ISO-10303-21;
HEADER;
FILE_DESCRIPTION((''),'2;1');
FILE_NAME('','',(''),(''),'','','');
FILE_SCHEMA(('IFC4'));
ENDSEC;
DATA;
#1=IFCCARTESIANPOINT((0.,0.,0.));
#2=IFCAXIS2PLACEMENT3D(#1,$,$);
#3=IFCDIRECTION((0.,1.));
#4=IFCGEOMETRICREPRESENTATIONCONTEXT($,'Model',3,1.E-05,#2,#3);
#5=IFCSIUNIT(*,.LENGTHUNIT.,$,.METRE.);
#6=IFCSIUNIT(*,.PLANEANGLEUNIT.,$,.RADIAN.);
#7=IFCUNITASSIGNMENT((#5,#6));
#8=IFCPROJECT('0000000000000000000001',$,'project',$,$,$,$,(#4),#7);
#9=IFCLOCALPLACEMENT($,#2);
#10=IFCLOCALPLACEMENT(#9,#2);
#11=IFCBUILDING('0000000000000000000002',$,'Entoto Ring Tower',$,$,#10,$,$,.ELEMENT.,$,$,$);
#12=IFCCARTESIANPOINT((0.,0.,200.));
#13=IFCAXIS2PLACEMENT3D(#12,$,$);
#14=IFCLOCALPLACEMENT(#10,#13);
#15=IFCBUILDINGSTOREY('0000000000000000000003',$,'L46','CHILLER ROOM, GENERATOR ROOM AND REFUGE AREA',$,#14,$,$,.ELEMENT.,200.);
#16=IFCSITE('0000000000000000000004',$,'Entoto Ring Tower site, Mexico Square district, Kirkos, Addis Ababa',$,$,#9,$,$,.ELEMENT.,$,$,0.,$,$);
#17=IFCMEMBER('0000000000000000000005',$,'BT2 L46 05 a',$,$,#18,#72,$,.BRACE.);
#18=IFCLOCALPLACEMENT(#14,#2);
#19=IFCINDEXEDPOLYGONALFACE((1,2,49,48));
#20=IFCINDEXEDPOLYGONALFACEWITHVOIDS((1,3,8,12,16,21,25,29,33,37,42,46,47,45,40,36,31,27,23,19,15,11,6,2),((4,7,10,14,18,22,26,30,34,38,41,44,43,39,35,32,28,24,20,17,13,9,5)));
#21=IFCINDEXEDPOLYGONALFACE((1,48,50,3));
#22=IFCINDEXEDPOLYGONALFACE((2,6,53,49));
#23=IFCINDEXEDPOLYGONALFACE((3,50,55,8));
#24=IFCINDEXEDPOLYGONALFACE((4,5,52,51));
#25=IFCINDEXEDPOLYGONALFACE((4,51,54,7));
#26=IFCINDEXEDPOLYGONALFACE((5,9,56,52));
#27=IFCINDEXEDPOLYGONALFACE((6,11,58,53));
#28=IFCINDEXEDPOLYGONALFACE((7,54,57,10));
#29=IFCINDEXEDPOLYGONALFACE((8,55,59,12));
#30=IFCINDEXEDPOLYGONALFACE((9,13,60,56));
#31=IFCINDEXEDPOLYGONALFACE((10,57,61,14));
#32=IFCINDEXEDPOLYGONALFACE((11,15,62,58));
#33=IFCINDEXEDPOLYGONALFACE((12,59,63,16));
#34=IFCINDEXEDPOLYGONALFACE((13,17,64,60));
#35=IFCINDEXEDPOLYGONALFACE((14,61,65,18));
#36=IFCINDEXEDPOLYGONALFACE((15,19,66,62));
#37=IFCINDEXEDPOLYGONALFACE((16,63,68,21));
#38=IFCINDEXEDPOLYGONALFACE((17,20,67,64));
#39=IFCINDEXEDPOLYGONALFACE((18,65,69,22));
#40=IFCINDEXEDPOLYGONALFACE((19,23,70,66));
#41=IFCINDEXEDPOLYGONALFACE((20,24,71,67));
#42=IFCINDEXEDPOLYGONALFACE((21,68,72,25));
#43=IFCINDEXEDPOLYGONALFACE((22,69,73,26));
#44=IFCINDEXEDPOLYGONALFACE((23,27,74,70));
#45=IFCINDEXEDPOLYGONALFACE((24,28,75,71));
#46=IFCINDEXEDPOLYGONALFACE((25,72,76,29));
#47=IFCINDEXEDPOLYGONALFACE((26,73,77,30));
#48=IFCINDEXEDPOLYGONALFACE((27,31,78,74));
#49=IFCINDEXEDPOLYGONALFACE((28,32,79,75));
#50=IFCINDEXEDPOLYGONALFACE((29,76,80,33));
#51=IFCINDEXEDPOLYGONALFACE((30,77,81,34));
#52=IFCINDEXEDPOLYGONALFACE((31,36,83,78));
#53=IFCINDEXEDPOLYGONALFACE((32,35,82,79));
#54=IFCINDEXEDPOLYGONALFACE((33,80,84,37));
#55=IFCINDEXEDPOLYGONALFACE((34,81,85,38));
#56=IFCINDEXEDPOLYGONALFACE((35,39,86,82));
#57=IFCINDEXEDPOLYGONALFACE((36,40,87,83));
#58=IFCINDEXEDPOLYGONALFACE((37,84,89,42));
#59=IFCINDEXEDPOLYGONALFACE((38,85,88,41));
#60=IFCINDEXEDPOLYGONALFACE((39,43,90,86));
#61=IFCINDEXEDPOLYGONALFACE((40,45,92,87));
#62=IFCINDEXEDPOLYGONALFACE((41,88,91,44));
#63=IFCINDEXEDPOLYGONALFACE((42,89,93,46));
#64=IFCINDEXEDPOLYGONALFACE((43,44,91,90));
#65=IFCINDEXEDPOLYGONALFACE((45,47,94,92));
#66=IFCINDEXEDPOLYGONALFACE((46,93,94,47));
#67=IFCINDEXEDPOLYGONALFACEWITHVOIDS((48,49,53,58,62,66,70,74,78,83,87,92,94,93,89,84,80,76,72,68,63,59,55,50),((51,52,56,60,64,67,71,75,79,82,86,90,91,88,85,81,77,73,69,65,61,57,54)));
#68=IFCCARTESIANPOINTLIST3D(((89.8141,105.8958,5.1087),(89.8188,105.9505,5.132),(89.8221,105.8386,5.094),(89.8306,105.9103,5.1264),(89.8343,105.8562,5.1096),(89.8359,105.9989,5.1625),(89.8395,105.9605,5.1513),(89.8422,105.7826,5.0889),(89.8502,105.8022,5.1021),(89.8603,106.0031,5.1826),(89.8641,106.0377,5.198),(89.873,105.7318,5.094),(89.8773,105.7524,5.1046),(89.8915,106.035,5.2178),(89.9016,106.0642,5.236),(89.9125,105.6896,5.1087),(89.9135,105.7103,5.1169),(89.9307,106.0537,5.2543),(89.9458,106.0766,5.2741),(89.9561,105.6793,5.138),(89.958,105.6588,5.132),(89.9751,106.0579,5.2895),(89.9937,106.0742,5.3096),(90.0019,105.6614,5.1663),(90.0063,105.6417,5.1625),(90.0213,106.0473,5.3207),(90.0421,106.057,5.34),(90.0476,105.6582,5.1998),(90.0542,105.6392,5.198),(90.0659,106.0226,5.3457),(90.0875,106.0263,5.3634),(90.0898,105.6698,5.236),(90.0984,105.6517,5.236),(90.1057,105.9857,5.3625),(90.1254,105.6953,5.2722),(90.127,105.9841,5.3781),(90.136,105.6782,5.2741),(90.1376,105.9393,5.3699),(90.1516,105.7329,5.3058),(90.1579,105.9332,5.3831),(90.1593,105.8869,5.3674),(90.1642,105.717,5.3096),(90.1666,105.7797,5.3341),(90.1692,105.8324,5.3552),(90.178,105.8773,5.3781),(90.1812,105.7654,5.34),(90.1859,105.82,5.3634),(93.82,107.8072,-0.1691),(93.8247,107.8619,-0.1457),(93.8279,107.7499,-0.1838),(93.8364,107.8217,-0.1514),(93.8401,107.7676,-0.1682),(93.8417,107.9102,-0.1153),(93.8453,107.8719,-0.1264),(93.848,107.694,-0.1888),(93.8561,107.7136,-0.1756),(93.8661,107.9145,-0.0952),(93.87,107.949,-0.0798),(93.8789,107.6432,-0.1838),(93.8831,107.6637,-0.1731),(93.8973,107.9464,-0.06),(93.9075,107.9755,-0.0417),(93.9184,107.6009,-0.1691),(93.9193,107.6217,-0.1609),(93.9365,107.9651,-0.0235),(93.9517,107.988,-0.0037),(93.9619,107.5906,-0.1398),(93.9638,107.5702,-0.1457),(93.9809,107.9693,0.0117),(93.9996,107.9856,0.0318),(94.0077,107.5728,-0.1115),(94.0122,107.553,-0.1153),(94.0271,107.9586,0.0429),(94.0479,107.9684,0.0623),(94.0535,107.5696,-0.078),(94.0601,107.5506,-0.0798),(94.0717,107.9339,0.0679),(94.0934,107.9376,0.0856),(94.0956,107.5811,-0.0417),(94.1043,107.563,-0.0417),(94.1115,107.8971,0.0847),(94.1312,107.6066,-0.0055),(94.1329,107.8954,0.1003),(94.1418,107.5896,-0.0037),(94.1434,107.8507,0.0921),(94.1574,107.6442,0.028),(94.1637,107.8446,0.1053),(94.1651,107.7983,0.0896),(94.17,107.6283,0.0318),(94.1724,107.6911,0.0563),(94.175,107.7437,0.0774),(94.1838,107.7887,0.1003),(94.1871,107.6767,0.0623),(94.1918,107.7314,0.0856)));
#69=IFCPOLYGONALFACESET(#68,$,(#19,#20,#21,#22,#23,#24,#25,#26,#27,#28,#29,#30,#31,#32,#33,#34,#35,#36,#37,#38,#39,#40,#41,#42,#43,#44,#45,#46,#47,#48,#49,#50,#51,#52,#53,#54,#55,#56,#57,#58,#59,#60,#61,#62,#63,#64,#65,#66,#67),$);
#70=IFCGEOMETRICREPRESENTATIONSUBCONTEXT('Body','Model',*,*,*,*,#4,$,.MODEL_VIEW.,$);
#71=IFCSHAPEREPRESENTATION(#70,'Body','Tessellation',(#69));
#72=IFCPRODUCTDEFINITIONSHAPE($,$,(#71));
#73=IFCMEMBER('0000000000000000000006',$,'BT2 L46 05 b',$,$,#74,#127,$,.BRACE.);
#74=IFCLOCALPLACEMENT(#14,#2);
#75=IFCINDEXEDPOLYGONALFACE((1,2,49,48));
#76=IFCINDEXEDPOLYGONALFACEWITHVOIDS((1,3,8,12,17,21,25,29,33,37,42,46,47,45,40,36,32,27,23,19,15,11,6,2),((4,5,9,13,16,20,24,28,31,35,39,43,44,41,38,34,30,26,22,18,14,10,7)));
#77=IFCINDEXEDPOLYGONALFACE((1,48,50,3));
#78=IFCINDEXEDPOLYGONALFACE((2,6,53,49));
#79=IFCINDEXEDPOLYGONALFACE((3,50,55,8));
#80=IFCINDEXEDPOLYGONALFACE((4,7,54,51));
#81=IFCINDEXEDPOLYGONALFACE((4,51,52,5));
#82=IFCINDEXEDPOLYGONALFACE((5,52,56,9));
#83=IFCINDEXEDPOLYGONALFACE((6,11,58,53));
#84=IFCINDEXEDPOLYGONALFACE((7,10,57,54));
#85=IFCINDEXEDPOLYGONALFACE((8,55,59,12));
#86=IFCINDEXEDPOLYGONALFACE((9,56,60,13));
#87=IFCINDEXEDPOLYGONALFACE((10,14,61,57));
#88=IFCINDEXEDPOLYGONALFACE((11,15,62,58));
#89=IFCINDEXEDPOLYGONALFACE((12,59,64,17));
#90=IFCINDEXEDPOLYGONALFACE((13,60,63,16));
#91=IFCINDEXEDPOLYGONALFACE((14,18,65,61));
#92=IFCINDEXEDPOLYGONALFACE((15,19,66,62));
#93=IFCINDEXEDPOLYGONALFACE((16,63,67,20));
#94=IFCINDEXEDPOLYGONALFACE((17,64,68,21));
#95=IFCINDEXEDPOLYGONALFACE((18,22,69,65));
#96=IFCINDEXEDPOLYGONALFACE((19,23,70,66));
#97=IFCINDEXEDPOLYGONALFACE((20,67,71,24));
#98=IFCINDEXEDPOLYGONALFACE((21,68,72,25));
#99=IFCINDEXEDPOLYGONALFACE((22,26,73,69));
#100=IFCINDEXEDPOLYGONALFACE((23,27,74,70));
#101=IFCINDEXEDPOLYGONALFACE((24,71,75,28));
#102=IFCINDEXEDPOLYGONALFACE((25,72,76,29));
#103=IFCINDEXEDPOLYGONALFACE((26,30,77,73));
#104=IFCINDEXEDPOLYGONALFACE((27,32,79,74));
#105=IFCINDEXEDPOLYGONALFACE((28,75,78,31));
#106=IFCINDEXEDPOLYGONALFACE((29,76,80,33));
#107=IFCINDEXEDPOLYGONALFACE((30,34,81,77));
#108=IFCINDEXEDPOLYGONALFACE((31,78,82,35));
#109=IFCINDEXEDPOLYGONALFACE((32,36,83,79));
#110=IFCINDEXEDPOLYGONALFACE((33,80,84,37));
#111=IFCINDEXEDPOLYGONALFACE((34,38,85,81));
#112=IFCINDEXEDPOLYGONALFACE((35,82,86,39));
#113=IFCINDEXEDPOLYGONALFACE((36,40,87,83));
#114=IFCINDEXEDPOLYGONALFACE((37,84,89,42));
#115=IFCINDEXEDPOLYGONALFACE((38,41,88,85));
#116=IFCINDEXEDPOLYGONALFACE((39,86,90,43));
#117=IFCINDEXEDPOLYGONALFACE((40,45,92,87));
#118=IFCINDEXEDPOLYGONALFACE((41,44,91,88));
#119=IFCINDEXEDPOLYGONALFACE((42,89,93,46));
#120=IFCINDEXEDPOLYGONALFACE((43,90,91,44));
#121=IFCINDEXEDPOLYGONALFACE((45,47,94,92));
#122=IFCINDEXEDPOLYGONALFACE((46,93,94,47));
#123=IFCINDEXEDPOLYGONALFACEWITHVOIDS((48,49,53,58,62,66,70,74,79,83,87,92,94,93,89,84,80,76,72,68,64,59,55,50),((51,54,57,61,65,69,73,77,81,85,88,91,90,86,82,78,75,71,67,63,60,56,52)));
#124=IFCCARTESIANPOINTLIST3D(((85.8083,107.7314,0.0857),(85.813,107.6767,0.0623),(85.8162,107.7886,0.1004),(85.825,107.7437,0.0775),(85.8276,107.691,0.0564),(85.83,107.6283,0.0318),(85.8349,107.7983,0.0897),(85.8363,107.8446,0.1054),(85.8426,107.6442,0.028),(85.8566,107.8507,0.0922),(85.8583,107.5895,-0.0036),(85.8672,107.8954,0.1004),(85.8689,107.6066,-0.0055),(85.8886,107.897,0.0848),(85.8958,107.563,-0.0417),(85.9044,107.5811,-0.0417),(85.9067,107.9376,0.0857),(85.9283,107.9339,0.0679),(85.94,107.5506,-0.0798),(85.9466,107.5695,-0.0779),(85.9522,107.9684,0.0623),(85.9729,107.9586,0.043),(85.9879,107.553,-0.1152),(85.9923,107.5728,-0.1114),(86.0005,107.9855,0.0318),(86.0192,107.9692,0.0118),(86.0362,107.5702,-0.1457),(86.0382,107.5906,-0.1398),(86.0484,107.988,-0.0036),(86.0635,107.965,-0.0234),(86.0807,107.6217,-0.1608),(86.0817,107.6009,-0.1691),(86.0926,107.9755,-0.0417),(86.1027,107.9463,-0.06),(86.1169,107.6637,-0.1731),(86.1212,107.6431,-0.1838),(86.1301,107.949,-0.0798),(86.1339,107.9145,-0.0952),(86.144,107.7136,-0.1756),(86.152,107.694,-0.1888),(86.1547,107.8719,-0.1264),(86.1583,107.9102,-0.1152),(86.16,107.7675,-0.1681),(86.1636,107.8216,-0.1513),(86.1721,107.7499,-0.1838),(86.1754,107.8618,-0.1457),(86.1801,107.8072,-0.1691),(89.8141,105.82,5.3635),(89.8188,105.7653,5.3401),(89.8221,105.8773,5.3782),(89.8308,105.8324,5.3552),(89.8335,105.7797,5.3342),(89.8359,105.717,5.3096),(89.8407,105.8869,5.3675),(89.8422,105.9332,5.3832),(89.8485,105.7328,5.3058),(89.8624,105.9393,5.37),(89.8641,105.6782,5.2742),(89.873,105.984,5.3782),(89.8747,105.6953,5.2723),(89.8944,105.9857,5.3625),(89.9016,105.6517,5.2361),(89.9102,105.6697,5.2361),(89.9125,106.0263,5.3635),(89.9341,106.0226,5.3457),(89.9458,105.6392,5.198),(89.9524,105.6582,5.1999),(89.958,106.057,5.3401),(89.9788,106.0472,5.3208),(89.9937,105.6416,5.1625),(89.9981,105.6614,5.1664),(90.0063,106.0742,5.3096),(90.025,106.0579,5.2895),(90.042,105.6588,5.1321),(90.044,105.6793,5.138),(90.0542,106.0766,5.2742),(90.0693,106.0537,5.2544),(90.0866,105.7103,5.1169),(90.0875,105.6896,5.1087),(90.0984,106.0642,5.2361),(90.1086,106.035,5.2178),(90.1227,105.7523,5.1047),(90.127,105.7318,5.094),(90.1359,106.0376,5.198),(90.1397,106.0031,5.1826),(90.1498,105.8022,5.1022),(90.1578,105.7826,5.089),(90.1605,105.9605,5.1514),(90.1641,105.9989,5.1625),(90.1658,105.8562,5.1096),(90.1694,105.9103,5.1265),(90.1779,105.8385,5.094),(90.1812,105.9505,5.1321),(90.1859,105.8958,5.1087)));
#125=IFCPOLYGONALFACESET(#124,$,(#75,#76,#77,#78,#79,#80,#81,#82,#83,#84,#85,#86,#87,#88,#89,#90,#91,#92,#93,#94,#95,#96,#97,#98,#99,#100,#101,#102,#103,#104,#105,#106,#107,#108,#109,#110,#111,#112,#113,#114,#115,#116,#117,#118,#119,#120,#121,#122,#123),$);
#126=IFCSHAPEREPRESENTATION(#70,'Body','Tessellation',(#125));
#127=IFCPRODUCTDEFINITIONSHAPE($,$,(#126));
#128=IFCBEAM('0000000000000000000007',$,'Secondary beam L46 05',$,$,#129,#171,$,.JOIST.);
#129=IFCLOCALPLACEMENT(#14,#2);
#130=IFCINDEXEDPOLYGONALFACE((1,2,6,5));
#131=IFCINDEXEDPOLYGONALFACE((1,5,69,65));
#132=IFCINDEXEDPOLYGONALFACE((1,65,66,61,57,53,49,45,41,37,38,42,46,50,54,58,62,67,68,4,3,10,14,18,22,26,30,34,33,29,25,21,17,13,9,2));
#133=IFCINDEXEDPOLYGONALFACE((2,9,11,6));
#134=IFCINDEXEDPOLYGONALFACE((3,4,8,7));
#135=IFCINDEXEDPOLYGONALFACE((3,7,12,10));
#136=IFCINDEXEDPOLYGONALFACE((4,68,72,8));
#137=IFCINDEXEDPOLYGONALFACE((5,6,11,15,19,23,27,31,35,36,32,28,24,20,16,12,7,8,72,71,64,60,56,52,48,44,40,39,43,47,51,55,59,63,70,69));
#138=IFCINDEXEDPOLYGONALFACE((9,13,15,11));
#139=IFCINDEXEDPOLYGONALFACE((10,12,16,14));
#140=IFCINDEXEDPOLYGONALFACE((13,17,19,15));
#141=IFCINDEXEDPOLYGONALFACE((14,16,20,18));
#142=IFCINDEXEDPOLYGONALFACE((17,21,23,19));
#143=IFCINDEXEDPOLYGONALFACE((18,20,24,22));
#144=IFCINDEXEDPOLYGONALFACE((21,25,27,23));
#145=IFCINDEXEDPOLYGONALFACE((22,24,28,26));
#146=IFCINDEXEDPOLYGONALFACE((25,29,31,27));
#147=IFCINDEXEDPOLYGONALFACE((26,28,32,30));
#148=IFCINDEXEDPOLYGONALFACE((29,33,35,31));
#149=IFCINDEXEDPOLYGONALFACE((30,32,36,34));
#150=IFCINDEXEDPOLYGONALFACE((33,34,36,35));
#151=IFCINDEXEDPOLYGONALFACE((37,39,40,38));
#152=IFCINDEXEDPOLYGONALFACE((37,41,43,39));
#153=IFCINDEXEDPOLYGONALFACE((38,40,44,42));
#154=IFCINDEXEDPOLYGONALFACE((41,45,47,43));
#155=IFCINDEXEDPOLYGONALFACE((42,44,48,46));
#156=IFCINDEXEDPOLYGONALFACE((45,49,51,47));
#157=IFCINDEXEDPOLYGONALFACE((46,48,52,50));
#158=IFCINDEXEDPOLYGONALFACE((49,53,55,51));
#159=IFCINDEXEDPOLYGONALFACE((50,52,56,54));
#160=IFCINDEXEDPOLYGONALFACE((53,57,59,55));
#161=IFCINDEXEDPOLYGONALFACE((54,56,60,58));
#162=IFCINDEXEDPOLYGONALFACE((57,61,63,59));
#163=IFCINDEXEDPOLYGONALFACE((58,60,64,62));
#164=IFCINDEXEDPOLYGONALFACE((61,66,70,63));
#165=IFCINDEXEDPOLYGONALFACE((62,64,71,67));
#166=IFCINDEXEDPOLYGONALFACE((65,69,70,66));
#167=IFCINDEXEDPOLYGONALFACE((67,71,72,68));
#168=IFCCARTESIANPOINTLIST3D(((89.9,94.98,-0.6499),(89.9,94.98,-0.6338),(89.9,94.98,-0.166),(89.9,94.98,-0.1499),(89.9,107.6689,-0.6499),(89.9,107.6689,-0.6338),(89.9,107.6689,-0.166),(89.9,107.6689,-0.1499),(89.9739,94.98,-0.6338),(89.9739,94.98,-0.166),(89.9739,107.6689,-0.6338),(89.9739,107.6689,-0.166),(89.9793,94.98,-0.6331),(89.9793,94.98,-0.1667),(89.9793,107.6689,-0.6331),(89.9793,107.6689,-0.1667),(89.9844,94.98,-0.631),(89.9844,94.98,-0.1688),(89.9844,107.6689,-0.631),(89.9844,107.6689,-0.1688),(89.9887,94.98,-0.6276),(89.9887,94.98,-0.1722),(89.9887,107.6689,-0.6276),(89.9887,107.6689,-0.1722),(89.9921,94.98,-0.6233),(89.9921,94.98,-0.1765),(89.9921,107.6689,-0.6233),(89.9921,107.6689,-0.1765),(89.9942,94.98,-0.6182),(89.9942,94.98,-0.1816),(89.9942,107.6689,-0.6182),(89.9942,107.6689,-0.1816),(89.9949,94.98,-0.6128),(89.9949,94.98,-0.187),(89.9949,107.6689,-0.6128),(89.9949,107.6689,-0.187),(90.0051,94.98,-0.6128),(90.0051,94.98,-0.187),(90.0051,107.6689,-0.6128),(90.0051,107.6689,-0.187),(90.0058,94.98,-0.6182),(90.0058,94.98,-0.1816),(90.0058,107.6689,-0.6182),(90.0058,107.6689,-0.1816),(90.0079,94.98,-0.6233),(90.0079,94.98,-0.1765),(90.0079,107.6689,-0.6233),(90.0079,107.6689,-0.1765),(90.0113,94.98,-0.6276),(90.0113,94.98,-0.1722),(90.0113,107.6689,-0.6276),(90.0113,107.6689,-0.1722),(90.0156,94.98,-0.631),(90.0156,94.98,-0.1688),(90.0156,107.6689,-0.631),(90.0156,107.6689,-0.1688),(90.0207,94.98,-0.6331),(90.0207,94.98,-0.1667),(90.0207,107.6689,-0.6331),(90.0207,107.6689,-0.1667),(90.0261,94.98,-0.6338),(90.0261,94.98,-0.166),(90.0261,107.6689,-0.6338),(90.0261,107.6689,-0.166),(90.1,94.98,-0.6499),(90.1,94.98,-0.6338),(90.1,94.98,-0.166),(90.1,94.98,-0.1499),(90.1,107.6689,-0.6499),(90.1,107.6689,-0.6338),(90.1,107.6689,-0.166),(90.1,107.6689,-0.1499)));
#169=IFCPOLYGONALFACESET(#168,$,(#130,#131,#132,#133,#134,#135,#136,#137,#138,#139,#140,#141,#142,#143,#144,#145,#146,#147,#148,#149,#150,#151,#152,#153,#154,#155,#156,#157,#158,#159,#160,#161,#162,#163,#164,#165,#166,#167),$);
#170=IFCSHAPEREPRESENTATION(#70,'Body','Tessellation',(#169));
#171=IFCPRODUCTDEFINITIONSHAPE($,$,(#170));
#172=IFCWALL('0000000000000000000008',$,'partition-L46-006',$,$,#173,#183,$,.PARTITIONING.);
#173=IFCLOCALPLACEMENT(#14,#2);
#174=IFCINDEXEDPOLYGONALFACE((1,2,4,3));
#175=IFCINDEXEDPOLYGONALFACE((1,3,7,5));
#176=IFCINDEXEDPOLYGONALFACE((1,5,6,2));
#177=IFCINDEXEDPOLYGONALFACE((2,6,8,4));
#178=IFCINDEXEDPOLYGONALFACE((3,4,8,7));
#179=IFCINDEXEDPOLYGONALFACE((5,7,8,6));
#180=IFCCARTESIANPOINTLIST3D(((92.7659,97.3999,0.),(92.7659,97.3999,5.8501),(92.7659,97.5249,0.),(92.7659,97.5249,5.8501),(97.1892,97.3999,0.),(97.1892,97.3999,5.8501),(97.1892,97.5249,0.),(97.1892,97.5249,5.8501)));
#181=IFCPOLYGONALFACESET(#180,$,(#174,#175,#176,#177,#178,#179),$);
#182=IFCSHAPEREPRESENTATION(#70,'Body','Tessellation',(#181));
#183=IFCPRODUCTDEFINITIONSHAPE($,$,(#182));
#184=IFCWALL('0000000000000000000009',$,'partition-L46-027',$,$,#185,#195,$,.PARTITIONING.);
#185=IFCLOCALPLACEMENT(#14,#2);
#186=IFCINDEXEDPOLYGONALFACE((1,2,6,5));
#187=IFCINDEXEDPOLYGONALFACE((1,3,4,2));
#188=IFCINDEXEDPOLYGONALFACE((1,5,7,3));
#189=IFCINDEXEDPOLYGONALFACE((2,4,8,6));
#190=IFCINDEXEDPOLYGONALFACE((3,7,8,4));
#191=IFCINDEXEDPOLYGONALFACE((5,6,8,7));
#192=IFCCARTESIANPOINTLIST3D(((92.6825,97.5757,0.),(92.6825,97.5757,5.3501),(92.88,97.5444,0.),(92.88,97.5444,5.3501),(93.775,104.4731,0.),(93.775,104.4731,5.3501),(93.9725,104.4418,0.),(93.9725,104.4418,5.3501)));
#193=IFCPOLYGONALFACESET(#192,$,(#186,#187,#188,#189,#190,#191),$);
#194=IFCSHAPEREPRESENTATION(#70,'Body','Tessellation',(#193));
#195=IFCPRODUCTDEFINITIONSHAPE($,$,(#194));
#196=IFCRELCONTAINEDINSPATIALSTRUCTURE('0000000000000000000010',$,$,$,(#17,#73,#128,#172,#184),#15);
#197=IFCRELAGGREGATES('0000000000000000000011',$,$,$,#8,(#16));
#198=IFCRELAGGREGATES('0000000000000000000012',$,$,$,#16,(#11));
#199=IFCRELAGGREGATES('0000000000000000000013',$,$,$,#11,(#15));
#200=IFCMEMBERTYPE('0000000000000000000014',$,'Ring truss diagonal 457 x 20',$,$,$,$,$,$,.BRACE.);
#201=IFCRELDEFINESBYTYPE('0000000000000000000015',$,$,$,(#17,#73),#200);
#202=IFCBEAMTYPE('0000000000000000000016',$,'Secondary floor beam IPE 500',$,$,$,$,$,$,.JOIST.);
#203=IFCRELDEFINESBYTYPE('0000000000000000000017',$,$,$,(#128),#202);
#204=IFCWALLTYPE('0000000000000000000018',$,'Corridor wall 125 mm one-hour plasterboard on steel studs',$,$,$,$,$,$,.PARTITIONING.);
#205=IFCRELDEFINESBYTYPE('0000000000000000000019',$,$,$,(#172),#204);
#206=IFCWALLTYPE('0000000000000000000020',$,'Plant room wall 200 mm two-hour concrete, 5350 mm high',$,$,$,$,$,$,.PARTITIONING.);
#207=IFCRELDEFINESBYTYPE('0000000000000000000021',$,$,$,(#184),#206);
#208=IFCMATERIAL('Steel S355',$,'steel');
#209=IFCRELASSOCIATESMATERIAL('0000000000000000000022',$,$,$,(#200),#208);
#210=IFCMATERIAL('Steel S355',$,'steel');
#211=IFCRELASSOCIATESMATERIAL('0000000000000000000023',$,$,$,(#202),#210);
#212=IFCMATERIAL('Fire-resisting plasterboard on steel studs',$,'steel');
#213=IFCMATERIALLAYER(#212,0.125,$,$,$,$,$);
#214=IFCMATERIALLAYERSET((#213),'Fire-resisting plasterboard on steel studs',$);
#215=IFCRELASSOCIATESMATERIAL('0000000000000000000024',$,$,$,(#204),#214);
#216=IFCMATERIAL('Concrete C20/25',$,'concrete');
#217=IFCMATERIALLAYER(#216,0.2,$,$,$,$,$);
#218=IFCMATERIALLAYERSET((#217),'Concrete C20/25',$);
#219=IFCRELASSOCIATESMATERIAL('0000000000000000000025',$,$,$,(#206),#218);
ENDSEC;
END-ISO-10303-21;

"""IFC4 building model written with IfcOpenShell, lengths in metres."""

from ifc_helpers import new_model, si_unit, direction, frame, frame_2d, origin, origin_2d, place, context, subcontext, project, spatial, rectangle, circle, hollow_circle, i_section, extrude, material, layer, layer_set, material_profile, profile_set, type_object, element, save


model = new_model("IFC4")

# Units and contexts
model_context = context("Model", 3, precision=1e-05, world=origin(), true_north=direction((0.0, 1.0)))
body_context = subcontext(model_context, "Body", "Model", "MODEL_VIEW")
ifc_project = project(units=[si_unit("LENGTHUNIT", "METRE"), si_unit("PLANEANGLEUNIT", "RADIAN")], contexts=[model_context])

# Site, building, storey
site_placement = place(None, origin())
site = spatial("IfcSite", under=ifc_project, at=site_placement, Name="Entoto Ring Tower site, Mexico Square district, Kirkos, Addis Ababa", CompositionType="ELEMENT", RefElevation=0.0)
building_placement = place(site_placement, origin())
building = spatial("IfcBuilding", under=site, at=building_placement, Name="Entoto Ring Tower", CompositionType="ELEMENT")
storey_placement = place(building_placement, frame((0.0, 0.0, 200.0)))
storey = spatial("IfcBuildingStorey", under=building, at=storey_placement, Name="L46", Description="CHILLER ROOM, GENERATOR ROOM AND REFUGE AREA", CompositionType="ELEMENT", Elevation=200.0)

# Members
ifc_material_1 = material(Name="Steel S355", Category="steel")
ifc_material_profile_1 = material_profile(ifc_material_1, hollow_circle(Radius=0.2285, WallThickness=0.02, at=origin_2d()), Name="CHS 457 x 20")
ifc_material_2 = material(Name="Concrete C60/75", Category="concrete")
ifc_material_profile_2 = material_profile(ifc_material_2, circle(Radius=0.2085, at=origin_2d()), Name="Concrete C60/75 infill")
ifc_profile_set_1 = profile_set([ifc_material_profile_1, ifc_material_profile_2], Name="Steel S355")
member_type_1 = type_object("IfcMemberType", Name="Ring truss diagonal 457 x 20", PredefinedType="BRACE", material=ifc_profile_set_1)
for number, where, z_axis, x_axis, name in (
    (1, (94.0059, 107.7693, -0.0417), (-0.58089, -0.277169, 0.765339), (0.430636, -0.902526, 0.0), "BT2 L46 05 a"),
    (2, (90.0, 105.8579, 5.2361), (-0.58089, 0.277169, -0.765339), (-0.430636, -0.902526, 0.0), "BT2 L46 05 b"),
):
    element("IfcMember", number, at=place(storey_placement, frame(where, z_axis=z_axis, x_axis=x_axis)), inside=storey, type_object=member_type_1, Name=name, PredefinedType="BRACE", context=body_context, shape_type="SweptSolid", body=[
        extrude(hollow_circle(Radius=0.2285, WallThickness=0.02, at=origin_2d()), origin(), (0.0, 0.0, 1.0), 6.896),
    ])

# Beam
ifc_material_3 = material(Name="Steel S355", Category="steel")
ifc_material_profile_3 = material_profile(ifc_material_3, i_section(OverallWidth=0.2, OverallDepth=0.5, WebThickness=0.0103, FlangeThickness=0.0161, FilletRadius=0.021, at=origin_2d()), Name="IPE 500")
ifc_profile_set_2 = profile_set([ifc_material_profile_3], Name="Steel S355")
beam_type_1 = type_object("IfcBeamType", Name="Secondary floor beam IPE 500", PredefinedType="JOIST", material=ifc_profile_set_2)
beam_placement = place(storey_placement, frame((90.0, 94.98, -0.3999), z_axis=(0.0, 1.0, 0.0), x_axis=(-1.0, 0.0, 0.0)))
element("IfcBeam", 3, at=beam_placement, inside=storey, type_object=beam_type_1, Name="Secondary beam L46 05", PredefinedType="JOIST", context=body_context, shape_type="SweptSolid", body=[
    extrude(i_section(OverallWidth=0.2, OverallDepth=0.5, WebThickness=0.0103, FlangeThickness=0.0161, FilletRadius=0.021, at=origin_2d()), origin(), (0.0, 0.0, 1.0), 12.689),
])

# Walls
ifc_material_4 = material(Name="Fire-resisting plasterboard on steel studs", Category="steel")
ifc_layer_1 = layer(ifc_material_4, 0.125)
ifc_layer_set_1 = layer_set([ifc_layer_1], Name="Fire-resisting plasterboard on steel studs")
wall_type_1 = type_object("IfcWallType", Name="Corridor wall 125 mm one-hour plasterboard on steel studs", PredefinedType="PARTITIONING", material=ifc_layer_set_1)
wall_1_placement = place(storey_placement, frame((92.7659, 97.4624, 0.0), z_axis=(0.0, 0.0, 1.0), x_axis=(1.0, 0.0, 0.0)))
element("IfcWall", 4, at=wall_1_placement, inside=storey, type_object=wall_type_1, Name="partition-L46-006", PredefinedType="PARTITIONING", context=body_context, shape_type="SweptSolid", body=[
    extrude(rectangle(XDim=4.4233, YDim=0.125, at=frame_2d((2.2117, 0.0))), origin(), (0.0, 0.0, 1.0), 5.8501),
])
ifc_material_5 = material(Name="Concrete C20/25", Category="concrete")
ifc_layer_2 = layer(ifc_material_5, 0.2)
ifc_layer_set_2 = layer_set([ifc_layer_2], Name="Concrete C20/25")
wall_type_2 = type_object("IfcWallType", Name="Plant room wall 200 mm two-hour concrete, 5350 mm high", PredefinedType="PARTITIONING", material=ifc_layer_set_2)
wall_2_placement = place(storey_placement, frame((92.7812, 97.5601, 0.0), z_axis=(0.0, 0.0, 1.0), x_axis=(0.156445, 0.987687, 0.0)))
element("IfcWall", 5, at=wall_2_placement, inside=storey, type_object=wall_type_2, Name="partition-L46-027", PredefinedType="PARTITIONING", context=body_context, shape_type="SweptSolid", body=[
    extrude(rectangle(XDim=6.9834, YDim=0.2, at=frame_2d((3.4917, 0.0))), origin(), (0.0, 0.0, 1.0), 5.3501),
])

save(model, "model.ifc")
